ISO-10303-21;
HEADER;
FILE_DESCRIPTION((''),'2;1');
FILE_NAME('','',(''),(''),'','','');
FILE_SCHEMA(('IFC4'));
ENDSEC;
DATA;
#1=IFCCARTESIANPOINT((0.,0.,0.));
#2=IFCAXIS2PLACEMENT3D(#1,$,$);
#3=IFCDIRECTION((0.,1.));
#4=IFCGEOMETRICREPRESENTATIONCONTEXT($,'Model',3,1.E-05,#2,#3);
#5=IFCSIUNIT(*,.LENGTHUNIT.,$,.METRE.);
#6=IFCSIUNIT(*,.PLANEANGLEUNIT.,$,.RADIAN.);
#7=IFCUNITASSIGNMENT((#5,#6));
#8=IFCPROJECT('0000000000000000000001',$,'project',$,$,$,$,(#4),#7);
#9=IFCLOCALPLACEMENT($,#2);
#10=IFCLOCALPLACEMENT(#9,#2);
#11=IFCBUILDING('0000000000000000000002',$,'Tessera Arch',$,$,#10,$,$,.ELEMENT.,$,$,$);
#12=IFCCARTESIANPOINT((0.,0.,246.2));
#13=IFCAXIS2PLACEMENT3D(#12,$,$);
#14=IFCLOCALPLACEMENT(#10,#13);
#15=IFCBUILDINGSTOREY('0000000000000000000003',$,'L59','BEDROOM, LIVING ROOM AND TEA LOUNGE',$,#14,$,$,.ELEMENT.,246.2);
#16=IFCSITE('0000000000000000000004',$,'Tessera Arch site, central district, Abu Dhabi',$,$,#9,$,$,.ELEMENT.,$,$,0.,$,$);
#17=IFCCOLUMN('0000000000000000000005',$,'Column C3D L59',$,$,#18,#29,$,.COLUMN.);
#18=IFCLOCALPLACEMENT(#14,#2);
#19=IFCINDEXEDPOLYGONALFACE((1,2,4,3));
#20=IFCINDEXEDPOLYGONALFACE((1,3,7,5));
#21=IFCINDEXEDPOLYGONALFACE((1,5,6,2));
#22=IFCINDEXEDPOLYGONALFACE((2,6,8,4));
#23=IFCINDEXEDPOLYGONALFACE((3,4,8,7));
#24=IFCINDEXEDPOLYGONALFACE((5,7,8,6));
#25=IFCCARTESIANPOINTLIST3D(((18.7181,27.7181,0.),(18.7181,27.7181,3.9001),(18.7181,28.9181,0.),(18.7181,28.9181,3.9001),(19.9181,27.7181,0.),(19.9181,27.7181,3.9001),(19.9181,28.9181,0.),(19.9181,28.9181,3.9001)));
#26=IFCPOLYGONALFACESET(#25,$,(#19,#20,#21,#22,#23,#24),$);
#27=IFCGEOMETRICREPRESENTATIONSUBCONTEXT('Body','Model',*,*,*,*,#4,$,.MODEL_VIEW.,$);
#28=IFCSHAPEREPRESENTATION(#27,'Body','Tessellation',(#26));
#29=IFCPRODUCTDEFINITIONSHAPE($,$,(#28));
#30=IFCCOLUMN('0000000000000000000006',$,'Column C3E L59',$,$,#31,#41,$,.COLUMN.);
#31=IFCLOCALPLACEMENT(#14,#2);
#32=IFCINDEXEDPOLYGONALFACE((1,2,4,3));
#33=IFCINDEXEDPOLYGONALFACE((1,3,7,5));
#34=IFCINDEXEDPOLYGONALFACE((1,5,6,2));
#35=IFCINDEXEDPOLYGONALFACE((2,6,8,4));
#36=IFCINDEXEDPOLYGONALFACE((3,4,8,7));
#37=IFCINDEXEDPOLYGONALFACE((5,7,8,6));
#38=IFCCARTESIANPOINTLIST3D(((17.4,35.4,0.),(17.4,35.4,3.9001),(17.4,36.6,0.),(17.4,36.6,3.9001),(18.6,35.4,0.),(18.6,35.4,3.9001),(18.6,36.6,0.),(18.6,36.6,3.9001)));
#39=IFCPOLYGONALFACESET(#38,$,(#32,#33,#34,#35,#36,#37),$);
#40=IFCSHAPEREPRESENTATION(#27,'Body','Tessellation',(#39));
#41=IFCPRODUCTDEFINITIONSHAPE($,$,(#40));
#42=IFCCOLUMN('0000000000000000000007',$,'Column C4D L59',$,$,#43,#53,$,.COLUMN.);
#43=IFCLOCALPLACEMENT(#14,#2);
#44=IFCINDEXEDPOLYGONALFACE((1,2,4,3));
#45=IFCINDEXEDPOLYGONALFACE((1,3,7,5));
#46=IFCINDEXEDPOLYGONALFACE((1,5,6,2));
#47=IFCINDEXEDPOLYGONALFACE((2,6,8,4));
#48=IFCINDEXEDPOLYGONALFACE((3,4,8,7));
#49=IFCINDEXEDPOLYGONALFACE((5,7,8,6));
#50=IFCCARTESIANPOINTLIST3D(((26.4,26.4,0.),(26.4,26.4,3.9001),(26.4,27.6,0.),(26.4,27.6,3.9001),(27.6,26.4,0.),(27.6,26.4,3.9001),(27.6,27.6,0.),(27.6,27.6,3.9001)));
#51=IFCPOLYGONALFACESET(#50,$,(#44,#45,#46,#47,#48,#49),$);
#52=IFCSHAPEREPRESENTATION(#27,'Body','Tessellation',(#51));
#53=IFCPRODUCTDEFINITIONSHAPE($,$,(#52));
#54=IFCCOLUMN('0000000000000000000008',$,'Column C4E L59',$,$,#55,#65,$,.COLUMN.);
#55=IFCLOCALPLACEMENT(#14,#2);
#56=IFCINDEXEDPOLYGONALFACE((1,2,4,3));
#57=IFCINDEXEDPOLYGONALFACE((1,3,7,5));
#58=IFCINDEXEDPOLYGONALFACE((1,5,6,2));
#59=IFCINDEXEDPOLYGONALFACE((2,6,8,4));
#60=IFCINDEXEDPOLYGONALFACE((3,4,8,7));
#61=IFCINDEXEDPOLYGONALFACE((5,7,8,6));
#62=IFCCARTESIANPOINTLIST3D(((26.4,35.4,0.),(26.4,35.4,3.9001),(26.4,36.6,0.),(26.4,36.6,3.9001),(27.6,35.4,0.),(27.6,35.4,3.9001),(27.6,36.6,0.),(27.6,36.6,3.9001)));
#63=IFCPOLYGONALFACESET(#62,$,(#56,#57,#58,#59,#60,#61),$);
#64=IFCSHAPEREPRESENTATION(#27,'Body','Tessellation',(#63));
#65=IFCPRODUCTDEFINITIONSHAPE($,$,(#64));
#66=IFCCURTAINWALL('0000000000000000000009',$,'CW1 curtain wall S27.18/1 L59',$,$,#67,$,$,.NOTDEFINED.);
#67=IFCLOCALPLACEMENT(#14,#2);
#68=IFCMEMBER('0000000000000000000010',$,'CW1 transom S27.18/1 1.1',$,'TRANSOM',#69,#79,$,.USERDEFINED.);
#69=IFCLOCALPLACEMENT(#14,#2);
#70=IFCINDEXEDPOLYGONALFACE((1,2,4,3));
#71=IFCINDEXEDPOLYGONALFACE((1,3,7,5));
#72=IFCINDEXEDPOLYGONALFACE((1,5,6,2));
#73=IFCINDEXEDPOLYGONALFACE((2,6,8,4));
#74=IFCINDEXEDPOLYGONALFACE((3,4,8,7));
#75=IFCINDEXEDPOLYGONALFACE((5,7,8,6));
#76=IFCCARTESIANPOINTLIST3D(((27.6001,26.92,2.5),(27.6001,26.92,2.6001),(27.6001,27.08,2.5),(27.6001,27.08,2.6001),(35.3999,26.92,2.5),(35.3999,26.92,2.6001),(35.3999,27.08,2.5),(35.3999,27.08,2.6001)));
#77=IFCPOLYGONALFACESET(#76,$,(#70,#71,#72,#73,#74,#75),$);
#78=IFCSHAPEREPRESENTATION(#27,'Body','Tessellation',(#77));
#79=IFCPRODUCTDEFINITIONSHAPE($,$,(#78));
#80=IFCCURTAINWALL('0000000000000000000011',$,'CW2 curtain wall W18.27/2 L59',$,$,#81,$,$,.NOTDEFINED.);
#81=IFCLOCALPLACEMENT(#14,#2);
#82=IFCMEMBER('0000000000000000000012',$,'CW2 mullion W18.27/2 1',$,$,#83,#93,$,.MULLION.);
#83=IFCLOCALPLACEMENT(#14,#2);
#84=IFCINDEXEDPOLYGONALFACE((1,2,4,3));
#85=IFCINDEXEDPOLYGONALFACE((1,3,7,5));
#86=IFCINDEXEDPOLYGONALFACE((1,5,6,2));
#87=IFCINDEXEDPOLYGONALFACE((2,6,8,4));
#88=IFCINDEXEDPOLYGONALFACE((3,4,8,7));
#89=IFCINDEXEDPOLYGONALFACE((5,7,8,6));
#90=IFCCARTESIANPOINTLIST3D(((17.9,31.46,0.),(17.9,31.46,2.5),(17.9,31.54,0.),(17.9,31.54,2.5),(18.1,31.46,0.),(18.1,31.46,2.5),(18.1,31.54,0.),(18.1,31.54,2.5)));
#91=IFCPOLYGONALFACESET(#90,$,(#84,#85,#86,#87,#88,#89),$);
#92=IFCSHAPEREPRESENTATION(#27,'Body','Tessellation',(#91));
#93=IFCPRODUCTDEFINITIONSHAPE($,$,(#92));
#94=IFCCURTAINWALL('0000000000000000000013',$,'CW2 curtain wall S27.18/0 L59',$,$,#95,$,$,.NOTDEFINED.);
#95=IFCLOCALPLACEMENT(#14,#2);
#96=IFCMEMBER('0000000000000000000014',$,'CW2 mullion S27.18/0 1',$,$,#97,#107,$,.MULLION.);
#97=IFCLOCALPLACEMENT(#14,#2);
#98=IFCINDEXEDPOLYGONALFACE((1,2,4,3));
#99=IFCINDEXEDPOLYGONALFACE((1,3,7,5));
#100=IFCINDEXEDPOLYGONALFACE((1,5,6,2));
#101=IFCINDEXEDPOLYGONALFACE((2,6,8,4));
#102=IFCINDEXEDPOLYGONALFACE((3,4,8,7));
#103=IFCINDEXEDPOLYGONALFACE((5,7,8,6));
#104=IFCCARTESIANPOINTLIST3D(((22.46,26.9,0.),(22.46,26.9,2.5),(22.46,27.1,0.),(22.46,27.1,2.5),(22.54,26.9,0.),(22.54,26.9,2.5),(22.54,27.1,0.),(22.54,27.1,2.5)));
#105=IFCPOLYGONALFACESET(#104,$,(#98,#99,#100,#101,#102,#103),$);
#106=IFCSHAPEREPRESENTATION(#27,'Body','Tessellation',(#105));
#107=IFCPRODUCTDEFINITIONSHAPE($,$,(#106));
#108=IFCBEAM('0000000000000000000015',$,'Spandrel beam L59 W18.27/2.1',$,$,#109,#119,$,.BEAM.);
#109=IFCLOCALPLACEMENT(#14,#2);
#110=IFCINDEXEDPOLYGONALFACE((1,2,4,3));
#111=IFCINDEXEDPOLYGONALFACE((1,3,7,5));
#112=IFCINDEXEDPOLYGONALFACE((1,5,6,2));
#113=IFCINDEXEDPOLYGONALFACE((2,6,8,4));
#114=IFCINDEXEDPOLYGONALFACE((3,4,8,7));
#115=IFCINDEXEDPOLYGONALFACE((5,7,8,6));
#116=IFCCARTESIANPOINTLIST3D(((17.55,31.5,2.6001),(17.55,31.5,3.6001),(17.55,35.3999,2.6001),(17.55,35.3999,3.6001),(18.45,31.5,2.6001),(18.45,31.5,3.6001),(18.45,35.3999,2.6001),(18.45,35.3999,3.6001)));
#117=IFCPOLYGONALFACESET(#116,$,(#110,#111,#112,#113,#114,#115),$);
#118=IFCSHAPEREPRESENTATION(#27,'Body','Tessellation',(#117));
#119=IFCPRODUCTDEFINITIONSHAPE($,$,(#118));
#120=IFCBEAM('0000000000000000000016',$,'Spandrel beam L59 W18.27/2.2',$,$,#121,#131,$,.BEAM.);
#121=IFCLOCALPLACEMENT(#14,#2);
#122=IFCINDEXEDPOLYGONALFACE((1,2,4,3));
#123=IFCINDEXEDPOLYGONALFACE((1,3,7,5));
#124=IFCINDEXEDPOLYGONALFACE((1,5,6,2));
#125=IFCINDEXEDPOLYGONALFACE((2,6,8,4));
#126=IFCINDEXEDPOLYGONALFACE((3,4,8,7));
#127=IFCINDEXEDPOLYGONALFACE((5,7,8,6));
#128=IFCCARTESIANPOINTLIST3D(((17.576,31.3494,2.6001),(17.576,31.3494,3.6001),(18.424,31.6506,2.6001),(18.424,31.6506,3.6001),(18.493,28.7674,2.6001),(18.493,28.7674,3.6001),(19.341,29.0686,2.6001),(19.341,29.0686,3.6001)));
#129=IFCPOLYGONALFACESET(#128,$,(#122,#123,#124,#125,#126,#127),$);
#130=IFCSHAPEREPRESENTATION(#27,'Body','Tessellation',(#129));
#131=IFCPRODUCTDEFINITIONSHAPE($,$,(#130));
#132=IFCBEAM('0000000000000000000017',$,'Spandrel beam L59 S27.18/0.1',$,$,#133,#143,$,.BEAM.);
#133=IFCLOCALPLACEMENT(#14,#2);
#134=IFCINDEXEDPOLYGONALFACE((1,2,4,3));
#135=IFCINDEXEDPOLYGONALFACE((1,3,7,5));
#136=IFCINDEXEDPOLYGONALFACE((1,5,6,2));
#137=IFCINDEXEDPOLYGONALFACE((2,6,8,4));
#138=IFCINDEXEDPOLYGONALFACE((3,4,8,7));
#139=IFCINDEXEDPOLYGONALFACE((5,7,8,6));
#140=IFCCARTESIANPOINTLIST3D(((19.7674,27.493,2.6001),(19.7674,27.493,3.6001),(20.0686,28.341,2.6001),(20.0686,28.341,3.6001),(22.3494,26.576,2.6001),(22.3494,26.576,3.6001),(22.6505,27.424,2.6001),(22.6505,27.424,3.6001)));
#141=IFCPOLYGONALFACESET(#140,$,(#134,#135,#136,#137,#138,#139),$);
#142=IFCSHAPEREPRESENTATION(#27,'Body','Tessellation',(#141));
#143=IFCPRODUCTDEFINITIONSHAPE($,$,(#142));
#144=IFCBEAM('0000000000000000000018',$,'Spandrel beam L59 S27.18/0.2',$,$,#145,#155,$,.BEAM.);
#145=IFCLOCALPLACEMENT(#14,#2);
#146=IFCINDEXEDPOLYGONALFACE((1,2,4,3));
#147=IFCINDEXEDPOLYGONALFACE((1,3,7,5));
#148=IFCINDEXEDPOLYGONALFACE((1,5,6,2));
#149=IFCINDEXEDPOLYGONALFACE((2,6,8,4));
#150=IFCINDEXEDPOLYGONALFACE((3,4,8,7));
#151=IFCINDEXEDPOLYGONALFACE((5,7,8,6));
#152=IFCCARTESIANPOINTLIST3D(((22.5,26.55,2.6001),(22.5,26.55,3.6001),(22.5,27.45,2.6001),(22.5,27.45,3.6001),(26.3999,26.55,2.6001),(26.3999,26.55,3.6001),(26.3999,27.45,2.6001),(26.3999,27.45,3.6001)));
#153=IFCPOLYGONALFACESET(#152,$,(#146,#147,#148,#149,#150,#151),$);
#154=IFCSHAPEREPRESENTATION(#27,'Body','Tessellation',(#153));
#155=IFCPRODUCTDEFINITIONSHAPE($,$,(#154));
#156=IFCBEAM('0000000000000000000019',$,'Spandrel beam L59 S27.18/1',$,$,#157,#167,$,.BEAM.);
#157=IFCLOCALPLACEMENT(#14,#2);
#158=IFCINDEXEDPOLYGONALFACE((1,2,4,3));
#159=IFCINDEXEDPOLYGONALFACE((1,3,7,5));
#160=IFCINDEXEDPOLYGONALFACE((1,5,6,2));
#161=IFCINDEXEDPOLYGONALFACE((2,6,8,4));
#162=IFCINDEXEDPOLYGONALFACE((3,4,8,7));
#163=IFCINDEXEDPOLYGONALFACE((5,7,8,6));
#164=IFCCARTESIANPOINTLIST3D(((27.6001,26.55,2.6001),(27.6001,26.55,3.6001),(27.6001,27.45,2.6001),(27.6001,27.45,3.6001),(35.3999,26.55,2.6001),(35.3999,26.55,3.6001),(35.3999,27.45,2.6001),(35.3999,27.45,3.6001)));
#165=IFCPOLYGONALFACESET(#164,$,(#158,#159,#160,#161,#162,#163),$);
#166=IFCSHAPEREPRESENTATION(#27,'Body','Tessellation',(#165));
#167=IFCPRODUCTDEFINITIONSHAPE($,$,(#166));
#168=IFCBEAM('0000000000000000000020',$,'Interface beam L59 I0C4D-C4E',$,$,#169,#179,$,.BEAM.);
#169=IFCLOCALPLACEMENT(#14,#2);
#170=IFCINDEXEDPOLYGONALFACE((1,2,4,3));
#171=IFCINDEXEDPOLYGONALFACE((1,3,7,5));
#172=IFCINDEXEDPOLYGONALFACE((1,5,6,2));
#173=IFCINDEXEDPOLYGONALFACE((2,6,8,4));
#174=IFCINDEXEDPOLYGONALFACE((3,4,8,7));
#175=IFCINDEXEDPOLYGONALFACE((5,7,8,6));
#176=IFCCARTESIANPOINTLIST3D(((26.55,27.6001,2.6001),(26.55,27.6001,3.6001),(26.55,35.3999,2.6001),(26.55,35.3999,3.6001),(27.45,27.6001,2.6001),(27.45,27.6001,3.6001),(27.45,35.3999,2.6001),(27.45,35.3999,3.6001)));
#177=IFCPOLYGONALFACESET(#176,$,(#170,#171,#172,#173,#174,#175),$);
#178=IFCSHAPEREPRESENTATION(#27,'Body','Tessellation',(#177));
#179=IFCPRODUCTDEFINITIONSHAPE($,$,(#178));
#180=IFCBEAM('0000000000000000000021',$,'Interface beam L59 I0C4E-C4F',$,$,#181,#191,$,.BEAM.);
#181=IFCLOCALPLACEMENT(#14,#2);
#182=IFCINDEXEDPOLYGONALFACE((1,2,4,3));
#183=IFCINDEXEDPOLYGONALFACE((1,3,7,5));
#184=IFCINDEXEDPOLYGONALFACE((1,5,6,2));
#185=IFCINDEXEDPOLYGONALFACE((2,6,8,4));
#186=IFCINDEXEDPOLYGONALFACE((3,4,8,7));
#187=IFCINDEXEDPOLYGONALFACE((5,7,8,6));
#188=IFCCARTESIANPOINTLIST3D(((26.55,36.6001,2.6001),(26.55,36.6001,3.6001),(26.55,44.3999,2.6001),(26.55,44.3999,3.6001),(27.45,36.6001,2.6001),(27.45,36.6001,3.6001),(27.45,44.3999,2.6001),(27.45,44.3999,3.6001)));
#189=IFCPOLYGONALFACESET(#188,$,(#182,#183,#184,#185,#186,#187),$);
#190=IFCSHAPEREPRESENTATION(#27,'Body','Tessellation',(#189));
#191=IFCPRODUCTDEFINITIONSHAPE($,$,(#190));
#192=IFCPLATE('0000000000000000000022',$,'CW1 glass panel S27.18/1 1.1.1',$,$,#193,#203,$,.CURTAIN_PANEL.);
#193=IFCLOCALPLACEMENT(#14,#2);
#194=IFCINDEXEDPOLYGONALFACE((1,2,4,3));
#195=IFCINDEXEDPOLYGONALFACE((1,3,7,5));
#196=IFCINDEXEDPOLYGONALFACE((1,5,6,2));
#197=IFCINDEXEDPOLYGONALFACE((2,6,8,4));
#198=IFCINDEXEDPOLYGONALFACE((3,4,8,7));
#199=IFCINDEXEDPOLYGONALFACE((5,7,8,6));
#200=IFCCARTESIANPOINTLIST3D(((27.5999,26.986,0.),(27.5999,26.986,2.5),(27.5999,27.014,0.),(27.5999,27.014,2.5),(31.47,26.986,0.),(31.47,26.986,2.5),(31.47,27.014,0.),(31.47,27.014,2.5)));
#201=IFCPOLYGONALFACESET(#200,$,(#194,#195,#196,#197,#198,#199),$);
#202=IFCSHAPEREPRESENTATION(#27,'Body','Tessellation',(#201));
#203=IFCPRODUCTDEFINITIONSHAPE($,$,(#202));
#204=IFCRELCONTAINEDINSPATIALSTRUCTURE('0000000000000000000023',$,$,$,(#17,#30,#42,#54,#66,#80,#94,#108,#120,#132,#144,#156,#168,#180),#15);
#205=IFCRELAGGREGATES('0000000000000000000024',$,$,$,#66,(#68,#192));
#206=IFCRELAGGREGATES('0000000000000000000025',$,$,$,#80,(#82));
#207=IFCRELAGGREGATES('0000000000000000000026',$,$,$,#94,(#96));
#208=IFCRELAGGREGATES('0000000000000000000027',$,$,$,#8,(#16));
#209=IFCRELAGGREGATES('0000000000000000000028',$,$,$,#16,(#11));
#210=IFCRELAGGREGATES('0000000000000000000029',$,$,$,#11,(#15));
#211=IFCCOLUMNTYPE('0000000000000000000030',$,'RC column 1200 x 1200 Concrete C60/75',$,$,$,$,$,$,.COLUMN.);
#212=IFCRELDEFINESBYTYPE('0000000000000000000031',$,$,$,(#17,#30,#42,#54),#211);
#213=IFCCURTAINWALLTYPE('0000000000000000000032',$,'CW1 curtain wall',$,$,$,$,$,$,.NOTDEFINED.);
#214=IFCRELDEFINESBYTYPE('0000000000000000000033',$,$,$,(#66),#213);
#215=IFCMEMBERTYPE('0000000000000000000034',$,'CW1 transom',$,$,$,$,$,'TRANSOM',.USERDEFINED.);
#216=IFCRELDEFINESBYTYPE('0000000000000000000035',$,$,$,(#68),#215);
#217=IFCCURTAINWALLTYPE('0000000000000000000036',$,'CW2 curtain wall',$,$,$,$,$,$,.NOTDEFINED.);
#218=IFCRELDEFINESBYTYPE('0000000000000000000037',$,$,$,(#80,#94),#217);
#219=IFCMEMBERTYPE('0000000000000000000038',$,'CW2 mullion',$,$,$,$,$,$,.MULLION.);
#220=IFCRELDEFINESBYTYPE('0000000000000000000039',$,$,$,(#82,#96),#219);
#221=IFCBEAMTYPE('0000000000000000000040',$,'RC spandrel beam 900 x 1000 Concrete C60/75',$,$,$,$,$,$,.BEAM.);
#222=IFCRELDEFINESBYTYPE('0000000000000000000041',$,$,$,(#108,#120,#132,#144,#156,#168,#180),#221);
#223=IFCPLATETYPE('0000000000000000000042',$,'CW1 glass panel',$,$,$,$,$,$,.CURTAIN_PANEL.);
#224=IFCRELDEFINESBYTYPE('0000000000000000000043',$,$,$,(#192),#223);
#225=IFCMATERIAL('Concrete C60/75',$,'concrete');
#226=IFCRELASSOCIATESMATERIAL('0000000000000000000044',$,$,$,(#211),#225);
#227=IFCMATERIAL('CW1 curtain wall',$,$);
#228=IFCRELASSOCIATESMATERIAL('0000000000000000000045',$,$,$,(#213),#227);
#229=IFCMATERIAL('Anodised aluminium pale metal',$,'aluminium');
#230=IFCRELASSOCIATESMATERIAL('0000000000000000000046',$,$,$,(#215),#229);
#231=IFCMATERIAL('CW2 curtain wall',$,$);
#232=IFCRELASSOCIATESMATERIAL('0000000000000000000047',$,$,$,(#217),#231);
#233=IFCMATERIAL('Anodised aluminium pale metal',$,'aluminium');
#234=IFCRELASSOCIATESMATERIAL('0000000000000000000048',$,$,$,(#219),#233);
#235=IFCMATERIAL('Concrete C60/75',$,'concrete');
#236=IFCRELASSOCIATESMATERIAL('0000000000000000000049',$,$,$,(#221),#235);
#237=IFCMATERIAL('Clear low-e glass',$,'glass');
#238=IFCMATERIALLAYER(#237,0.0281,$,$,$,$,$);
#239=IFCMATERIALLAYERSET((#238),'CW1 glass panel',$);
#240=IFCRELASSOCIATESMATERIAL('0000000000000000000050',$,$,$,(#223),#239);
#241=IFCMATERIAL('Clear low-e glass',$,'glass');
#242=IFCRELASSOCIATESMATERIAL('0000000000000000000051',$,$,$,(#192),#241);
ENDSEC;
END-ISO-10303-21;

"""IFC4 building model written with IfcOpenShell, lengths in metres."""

from ifc_helpers import new_model, si_unit, direction, frame, origin, origin_2d, place, context, subcontext, project, spatial, rectangle, extrude, material, layer, layer_set, material_profile, profile_set, type_object, element, aggregate, save


model = new_model("IFC4")

# Units and contexts
model_context = context("Model", 3, precision=1e-05, world=origin(), true_north=direction((0.0, 1.0)))
body_context = subcontext(model_context, "Body", "Model", "MODEL_VIEW")
ifc_project = project(units=[si_unit("LENGTHUNIT", "METRE"), si_unit("PLANEANGLEUNIT", "RADIAN")], contexts=[model_context])

# Site, building, storey
site_placement = place(None, origin())
site = spatial("IfcSite", under=ifc_project, at=site_placement, Name="Tessera Arch site, central district, Abu Dhabi", CompositionType="ELEMENT", RefElevation=0.0)
building_placement = place(site_placement, origin())
building = spatial("IfcBuilding", under=site, at=building_placement, Name="Tessera Arch", CompositionType="ELEMENT")
storey_placement = place(building_placement, frame((0.0, 0.0, 246.2)))
storey = spatial("IfcBuildingStorey", under=building, at=storey_placement, Name="L59", Description="BEDROOM, LIVING ROOM AND TEA LOUNGE", CompositionType="ELEMENT", Elevation=246.2)

# Columns
ifc_material_1 = material(Name="Concrete C60/75", Category="concrete")
ifc_material_profile_1 = material_profile(ifc_material_1, rectangle(XDim=1.2, YDim=1.2, at=origin_2d()), Name="RC column 1200 x 1200 Concrete C60/75")
ifc_profile_set_1 = profile_set([ifc_material_profile_1], Name="Concrete C60/75")
column_type = type_object("IfcColumnType", Name="RC column 1200 x 1200 Concrete C60/75", PredefinedType="COLUMN", material=ifc_profile_set_1)
for number, where, z_axis, x_axis, name in (
    (1, (19.3181, 28.3181, 0.0), (0.0, 0.0, 1.0), (1.0, 0.0, 0.0), "Column C3D L59"),
    (2, (18.0, 36.0, 0.0), (0.0, 0.0, 1.0), (1.0, 0.0, 0.0), "Column C3E L59"),
    (3, (27.0, 27.0, 0.0), (0.0, 0.0, 1.0), (1.0, 0.0, 0.0), "Column C4D L59"),
    (4, (27.0, 36.0, 0.0), (0.0, 0.0, 1.0), (1.0, 0.0, 0.0), "Column C4E L59"),
):
    element("IfcColumn", number, at=place(storey_placement, frame(where, z_axis=z_axis, x_axis=x_axis)), inside=storey, type_object=column_type, Name=name, PredefinedType="COLUMN", context=body_context, shape_type="SweptSolid", body=[
        extrude(rectangle(XDim=1.2, YDim=1.2, at=origin_2d()), origin(), (0.0, 0.0, 1.0), 3.9001),
    ])

# Curtain walls, members
ifc_material_2 = material(Name="CW1 curtain wall")
curtain_wall_type_1 = type_object("IfcCurtainWallType", Name="CW1 curtain wall", PredefinedType="NOTDEFINED", material=ifc_material_2)
curtain_wall_1_placement = place(storey_placement, origin())
curtain_wall_1 = element("IfcCurtainWall", 5, at=curtain_wall_1_placement, inside=storey, type_object=curtain_wall_type_1, Name="CW1 curtain wall S27.18/1 L59", PredefinedType="NOTDEFINED")
ifc_material_3 = material(Name="Anodised aluminium pale metal", Category="aluminium")
ifc_material_profile_2 = material_profile(ifc_material_3, rectangle(XDim=0.1599, YDim=0.1001, at=origin_2d()), Name="AL 160x100")
ifc_profile_set_2 = profile_set([ifc_material_profile_2], Name="Anodised aluminium pale metal")
member_type_1 = type_object("IfcMemberType", Name="CW1 transom", ElementType="TRANSOM", PredefinedType="USERDEFINED", material=ifc_profile_set_2)
member_1_placement = place(storey_placement, frame((27.6001, 27.0, 2.55), z_axis=(1.0, 0.0, 0.0), x_axis=(0.0, 1.0, 0.0)))
member_1 = element("IfcMember", 6, at=member_1_placement, type_object=member_type_1, Name="CW1 transom S27.18/1 1.1", ObjectType="TRANSOM", PredefinedType="USERDEFINED", context=body_context, shape_type="SweptSolid", body=[
    extrude(rectangle(XDim=0.1599, YDim=0.1001, at=origin_2d()), origin(), (0.0, 0.0, 1.0), 7.7998),
])
ifc_material_4 = material(Name="CW2 curtain wall")
curtain_wall_type_2 = type_object("IfcCurtainWallType", Name="CW2 curtain wall", PredefinedType="NOTDEFINED", material=ifc_material_4)
curtain_wall_2_placement = place(storey_placement, origin())
curtain_wall_2 = element("IfcCurtainWall", 7, at=curtain_wall_2_placement, inside=storey, type_object=curtain_wall_type_2, Name="CW2 curtain wall W18.27/2 L59", PredefinedType="NOTDEFINED")
ifc_material_5 = material(Name="Anodised aluminium pale metal", Category="aluminium")
ifc_material_profile_3 = material_profile(ifc_material_5, rectangle(XDim=0.2, YDim=0.0801, at=origin_2d()), Name="AL 80x200")
ifc_profile_set_3 = profile_set([ifc_material_profile_3], Name="Anodised aluminium pale metal")
member_type_2 = type_object("IfcMemberType", Name="CW2 mullion", PredefinedType="MULLION", material=ifc_profile_set_3)
member_2_placement = place(storey_placement, frame((18.0, 31.5, 0.0), z_axis=(0.0, 0.0, 1.0), x_axis=(1.0, 0.0, 0.0)))
member_2 = element("IfcMember", 8, at=member_2_placement, type_object=member_type_2, Name="CW2 mullion W18.27/2 1", PredefinedType="MULLION", context=body_context, shape_type="SweptSolid", body=[
    extrude(rectangle(XDim=0.2, YDim=0.0801, at=origin_2d()), origin(), (0.0, 0.0, 1.0), 2.5),
])
curtain_wall_3_placement = place(storey_placement, origin())
curtain_wall_3 = element("IfcCurtainWall", 9, at=curtain_wall_3_placement, inside=storey, type_object=curtain_wall_type_2, Name="CW2 curtain wall S27.18/0 L59", PredefinedType="NOTDEFINED")
member_3_placement = place(storey_placement, frame((22.5, 27.0, 0.0), z_axis=(0.0, 0.0, 1.0), x_axis=(0.0, 1.0, 0.0)))
member_3 = element("IfcMember", 10, at=member_3_placement, type_object=member_type_2, Name="CW2 mullion S27.18/0 1", PredefinedType="MULLION", context=body_context, shape_type="SweptSolid", body=[
    extrude(rectangle(XDim=0.2, YDim=0.0801, at=origin_2d()), origin(), (0.0, 0.0, 1.0), 2.5),
])

# Beams
ifc_material_6 = material(Name="Concrete C60/75", Category="concrete")
ifc_material_profile_4 = material_profile(ifc_material_6, rectangle(XDim=0.8999, YDim=1.0, at=origin_2d()), Name="RC spandrel beam 900 x 1000 Concrete C60/75")
ifc_profile_set_4 = profile_set([ifc_material_profile_4], Name="Concrete C60/75")
beam_type = type_object("IfcBeamType", Name="RC spandrel beam 900 x 1000 Concrete C60/75", PredefinedType="BEAM", material=ifc_profile_set_4)
beam_1_placement = place(storey_placement, frame((18.0, 35.3999, 3.1001), z_axis=(0.0, -1.0, 0.0), x_axis=(1.0, 0.0, 0.0)))
element("IfcBeam", 11, at=beam_1_placement, inside=storey, type_object=beam_type, Name="Spandrel beam L59 W18.27/2.1", PredefinedType="BEAM", context=body_context, shape_type="SweptSolid", body=[
    extrude(rectangle(XDim=0.8999, YDim=1.0, at=origin_2d()), origin(), (0.0, 0.0, 1.0), 3.8999),
])
for number, where, z_axis, x_axis, name in (
    (12, (18.0, 31.5, 3.1001), (0.334665, -0.942337, 0.0), (0.942337, 0.334665, 0.0), "Spandrel beam L59 W18.27/2.2"),
    (13, (19.918, 27.917, 3.1001), (0.942337, -0.334665, 0.0), (0.334665, 0.942337, 0.0), "Spandrel beam L59 S27.18/0.1"),
):
    element("IfcBeam", number, at=place(storey_placement, frame(where, z_axis=z_axis, x_axis=x_axis)), inside=storey, type_object=beam_type, Name=name, PredefinedType="BEAM", context=body_context, shape_type="SweptSolid", body=[
        extrude(rectangle(XDim=0.8999, YDim=1.0, at=origin_2d()), origin(), (0.0, 0.0, 1.0), 2.74),
    ])
beam_2_placement = place(storey_placement, frame((22.5, 27.0, 3.1001), z_axis=(1.0, 0.0, 0.0), x_axis=(0.0, 1.0, 0.0)))
element("IfcBeam", 14, at=beam_2_placement, inside=storey, type_object=beam_type, Name="Spandrel beam L59 S27.18/0.2", PredefinedType="BEAM", context=body_context, shape_type="SweptSolid", body=[
    extrude(rectangle(XDim=0.8999, YDim=1.0, at=origin_2d()), origin(), (0.0, 0.0, 1.0), 3.8999),
])
for number, where, z_axis, x_axis, name in (
    (15, (27.6001, 27.0, 3.1001), (1.0, 0.0, 0.0), (0.0, 1.0, 0.0), "Spandrel beam L59 S27.18/1"),
    (16, (27.0, 27.6001, 3.1001), (0.0, 1.0, 0.0), (-1.0, 0.0, 0.0), "Interface beam L59 I0C4D-C4E"),
    (17, (27.0, 36.6001, 3.1001), (0.0, 1.0, 0.0), (-1.0, 0.0, 0.0), "Interface beam L59 I0C4E-C4F"),
):
    element("IfcBeam", number, at=place(storey_placement, frame(where, z_axis=z_axis, x_axis=x_axis)), inside=storey, type_object=beam_type, Name=name, PredefinedType="BEAM", context=body_context, shape_type="SweptSolid", body=[
        extrude(rectangle(XDim=0.8999, YDim=1.0, at=origin_2d()), origin(), (0.0, 0.0, 1.0), 7.7998),
    ])

# Plate
ifc_material_7 = material(Name="Clear low-e glass", Category="glass")
ifc_material_8 = material(Name="Clear low-e glass", Category="glass")
ifc_layer_1 = layer(ifc_material_8, 0.0281)
ifc_layer_set_1 = layer_set([ifc_layer_1], Name="CW1 glass panel")
plate_type_1 = type_object("IfcPlateType", Name="CW1 glass panel", PredefinedType="CURTAIN_PANEL", material=ifc_layer_set_1)
plate_1_placement = place(storey_placement, frame((29.5349, 27.0, 0.0), z_axis=(0.0, 0.0, 1.0), x_axis=(1.0, 0.0, 0.0)))
plate_1 = element("IfcPlate", 18, at=plate_1_placement, type_object=plate_type_1, material=ifc_material_7, Name="CW1 glass panel S27.18/1 1.1.1", PredefinedType="CURTAIN_PANEL", context=body_context, shape_type="SweptSolid", body=[
    extrude(rectangle(XDim=3.8701, YDim=0.0281, at=origin_2d()), origin(), (0.0, 0.0, 1.0), 2.5),
])
aggregate(curtain_wall_1, [member_1, plate_1])
aggregate(curtain_wall_2, [member_2])
aggregate(curtain_wall_3, [member_3])

save(model, "model.ifc")
